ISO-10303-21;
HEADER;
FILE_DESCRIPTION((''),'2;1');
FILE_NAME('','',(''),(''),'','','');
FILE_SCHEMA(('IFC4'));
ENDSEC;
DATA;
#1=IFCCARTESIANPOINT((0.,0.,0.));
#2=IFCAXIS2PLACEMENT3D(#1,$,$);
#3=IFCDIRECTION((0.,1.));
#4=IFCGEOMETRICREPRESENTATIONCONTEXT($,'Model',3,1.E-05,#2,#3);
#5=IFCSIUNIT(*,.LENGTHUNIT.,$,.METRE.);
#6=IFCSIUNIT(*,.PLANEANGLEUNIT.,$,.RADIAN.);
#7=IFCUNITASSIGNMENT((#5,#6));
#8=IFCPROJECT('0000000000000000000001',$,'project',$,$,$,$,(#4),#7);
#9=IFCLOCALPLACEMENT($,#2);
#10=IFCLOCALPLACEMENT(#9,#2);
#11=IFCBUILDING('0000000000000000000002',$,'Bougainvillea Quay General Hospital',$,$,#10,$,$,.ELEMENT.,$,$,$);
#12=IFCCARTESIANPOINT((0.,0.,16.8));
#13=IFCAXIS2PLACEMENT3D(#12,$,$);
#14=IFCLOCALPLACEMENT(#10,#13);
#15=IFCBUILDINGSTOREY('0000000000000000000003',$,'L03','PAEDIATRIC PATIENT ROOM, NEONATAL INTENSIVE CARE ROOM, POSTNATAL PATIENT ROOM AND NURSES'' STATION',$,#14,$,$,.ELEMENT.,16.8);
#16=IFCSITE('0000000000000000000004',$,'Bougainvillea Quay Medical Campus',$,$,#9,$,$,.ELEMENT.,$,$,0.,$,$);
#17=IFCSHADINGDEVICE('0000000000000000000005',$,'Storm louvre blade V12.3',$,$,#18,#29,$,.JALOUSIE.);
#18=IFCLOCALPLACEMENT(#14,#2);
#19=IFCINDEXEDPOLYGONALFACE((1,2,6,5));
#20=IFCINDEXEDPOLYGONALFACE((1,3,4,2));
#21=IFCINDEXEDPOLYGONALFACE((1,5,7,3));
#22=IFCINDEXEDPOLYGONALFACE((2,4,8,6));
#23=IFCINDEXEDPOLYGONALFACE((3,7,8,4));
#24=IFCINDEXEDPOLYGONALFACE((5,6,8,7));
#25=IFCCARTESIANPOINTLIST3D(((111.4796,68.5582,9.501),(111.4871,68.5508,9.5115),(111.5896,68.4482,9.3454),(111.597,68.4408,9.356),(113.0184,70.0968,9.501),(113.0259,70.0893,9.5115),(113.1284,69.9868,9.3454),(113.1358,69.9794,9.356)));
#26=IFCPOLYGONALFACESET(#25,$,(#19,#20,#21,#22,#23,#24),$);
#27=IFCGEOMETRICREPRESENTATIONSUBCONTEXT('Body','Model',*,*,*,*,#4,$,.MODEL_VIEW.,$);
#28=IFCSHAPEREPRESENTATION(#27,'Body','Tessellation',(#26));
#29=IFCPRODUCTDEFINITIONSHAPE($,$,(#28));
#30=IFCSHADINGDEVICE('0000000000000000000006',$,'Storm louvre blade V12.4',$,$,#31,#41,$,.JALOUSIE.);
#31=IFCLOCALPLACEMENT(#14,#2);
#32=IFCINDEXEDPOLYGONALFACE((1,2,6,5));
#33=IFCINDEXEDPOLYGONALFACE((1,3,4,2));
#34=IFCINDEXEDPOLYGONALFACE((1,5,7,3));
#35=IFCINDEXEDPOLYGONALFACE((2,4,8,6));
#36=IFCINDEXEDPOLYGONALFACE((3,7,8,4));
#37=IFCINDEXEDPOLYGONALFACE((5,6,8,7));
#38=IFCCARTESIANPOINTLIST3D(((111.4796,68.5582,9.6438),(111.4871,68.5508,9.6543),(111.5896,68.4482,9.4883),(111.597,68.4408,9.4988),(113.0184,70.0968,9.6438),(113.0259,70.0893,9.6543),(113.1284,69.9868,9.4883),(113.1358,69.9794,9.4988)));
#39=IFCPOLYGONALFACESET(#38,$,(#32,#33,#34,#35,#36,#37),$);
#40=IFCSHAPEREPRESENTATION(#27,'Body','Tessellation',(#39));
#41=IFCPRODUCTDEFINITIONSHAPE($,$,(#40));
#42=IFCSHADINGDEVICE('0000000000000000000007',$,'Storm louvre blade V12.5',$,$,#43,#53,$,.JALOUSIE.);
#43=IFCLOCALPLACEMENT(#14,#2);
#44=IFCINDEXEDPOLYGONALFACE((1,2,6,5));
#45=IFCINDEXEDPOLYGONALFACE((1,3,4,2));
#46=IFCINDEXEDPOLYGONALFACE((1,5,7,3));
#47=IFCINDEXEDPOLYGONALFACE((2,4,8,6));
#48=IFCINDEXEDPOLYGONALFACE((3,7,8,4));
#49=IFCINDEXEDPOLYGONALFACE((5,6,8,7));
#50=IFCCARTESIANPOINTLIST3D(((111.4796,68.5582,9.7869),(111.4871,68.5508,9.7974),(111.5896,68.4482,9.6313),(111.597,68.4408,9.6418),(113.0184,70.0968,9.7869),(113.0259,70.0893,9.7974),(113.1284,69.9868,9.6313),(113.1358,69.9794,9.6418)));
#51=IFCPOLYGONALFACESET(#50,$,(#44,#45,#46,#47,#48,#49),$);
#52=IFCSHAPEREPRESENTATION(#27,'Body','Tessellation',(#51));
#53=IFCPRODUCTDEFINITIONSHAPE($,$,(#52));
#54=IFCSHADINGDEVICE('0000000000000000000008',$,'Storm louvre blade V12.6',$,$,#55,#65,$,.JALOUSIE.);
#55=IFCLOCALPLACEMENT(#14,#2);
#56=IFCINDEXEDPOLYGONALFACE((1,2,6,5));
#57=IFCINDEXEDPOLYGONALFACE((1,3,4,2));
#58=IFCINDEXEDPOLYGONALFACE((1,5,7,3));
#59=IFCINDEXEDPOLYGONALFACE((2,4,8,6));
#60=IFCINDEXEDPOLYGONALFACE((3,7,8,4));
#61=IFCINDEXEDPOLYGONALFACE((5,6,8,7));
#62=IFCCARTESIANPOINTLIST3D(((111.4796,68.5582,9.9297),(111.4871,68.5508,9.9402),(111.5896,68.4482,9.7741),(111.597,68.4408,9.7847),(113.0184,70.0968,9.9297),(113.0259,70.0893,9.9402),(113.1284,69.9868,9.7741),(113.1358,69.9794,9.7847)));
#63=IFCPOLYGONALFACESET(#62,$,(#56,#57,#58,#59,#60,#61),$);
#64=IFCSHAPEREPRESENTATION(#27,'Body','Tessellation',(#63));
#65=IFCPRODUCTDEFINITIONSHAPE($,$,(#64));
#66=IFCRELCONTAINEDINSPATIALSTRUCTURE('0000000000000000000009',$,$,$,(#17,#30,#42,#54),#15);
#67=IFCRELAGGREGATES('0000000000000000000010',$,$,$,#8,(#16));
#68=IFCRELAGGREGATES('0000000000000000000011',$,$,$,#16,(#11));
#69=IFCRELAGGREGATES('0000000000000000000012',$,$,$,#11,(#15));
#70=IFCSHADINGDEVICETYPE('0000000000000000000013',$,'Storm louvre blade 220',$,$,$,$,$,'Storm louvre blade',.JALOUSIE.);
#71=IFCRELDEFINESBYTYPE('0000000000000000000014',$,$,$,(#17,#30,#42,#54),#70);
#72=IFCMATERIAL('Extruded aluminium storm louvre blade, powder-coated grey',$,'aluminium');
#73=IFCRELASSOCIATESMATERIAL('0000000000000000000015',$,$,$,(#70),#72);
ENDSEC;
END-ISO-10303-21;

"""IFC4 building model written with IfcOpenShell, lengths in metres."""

from ifc_helpers import new_model, si_unit, direction, frame, origin, origin_2d, place, context, subcontext, project, spatial, rectangle, extrude, material, material_profile, profile_set, type_object, element, save


model = new_model("IFC4")

# Units and contexts
model_context = context("Model", 3, precision=1e-05, world=origin(), true_north=direction((0.0, 1.0)))
body_context = subcontext(model_context, "Body", "Model", "MODEL_VIEW")
ifc_project = project(units=[si_unit("LENGTHUNIT", "METRE"), si_unit("PLANEANGLEUNIT", "RADIAN")], contexts=[model_context])

# Site, building, storey
site_placement = place(None, origin())
site = spatial("IfcSite", under=ifc_project, at=site_placement, Name="Bougainvillea Quay Medical Campus", CompositionType="ELEMENT", RefElevation=0.0)
building_placement = place(site_placement, origin())
building = spatial("IfcBuilding", under=site, at=building_placement, Name="Bougainvillea Quay General Hospital", CompositionType="ELEMENT")
storey_placement = place(building_placement, frame((0.0, 0.0, 16.8)))
storey = spatial("IfcBuildingStorey", under=building, at=storey_placement, Name="L03", Description="PAEDIATRIC PATIENT ROOM, NEONATAL INTENSIVE CARE ROOM, POSTNATAL PATIENT ROOM AND NURSES' STATION", CompositionType="ELEMENT", Elevation=16.8)

# Shading devices
ifc_material_1 = material(Name="Extruded aluminium storm louvre blade, powder-coated grey", Category="aluminium")
ifc_material_profile_1 = material_profile(ifc_material_1, rectangle(XDim=0.22, YDim=0.0149, at=origin_2d()))
ifc_profile_set_1 = profile_set([ifc_material_profile_1], Name="Extruded aluminium storm louvre blade, powder-coated grey")
shading_device_type_1 = type_object("IfcShadingDeviceType", Name="Storm louvre blade 220", ElementType="Storm louvre blade", PredefinedType="JALOUSIE", material=ifc_profile_set_1)
for number, where, z_axis, x_axis, name in (
    (1, (111.5383, 68.4995, 9.4285), (0.707163, 0.707051, 0.0), (-0.49996, 0.50004, 0.707107), "Storm louvre blade V12.3"),
    (2, (111.5383, 68.4995, 9.5713), (0.707163, 0.707051, 0.0), (-0.49996, 0.50004, 0.707107), "Storm louvre blade V12.4"),
    (3, (111.5383, 68.4995, 9.7144), (0.707163, 0.707051, 0.0), (-0.49996, 0.50004, 0.707107), "Storm louvre blade V12.5"),
    (4, (111.5383, 68.4995, 9.8572), (0.707163, 0.707051, 0.0), (-0.49996, 0.50004, 0.707107), "Storm louvre blade V12.6"),
):
    element("IfcShadingDevice", number, at=place(storey_placement, frame(where, z_axis=z_axis, x_axis=x_axis)), inside=storey, type_object=shading_device_type_1, Name=name, PredefinedType="JALOUSIE", context=body_context, shape_type="SweptSolid", body=[
        extrude(rectangle(XDim=0.22, YDim=0.0149, at=origin_2d()), origin(), (0.0, 0.0, 1.0), 2.176),
    ])

save(model, "model.ifc")
